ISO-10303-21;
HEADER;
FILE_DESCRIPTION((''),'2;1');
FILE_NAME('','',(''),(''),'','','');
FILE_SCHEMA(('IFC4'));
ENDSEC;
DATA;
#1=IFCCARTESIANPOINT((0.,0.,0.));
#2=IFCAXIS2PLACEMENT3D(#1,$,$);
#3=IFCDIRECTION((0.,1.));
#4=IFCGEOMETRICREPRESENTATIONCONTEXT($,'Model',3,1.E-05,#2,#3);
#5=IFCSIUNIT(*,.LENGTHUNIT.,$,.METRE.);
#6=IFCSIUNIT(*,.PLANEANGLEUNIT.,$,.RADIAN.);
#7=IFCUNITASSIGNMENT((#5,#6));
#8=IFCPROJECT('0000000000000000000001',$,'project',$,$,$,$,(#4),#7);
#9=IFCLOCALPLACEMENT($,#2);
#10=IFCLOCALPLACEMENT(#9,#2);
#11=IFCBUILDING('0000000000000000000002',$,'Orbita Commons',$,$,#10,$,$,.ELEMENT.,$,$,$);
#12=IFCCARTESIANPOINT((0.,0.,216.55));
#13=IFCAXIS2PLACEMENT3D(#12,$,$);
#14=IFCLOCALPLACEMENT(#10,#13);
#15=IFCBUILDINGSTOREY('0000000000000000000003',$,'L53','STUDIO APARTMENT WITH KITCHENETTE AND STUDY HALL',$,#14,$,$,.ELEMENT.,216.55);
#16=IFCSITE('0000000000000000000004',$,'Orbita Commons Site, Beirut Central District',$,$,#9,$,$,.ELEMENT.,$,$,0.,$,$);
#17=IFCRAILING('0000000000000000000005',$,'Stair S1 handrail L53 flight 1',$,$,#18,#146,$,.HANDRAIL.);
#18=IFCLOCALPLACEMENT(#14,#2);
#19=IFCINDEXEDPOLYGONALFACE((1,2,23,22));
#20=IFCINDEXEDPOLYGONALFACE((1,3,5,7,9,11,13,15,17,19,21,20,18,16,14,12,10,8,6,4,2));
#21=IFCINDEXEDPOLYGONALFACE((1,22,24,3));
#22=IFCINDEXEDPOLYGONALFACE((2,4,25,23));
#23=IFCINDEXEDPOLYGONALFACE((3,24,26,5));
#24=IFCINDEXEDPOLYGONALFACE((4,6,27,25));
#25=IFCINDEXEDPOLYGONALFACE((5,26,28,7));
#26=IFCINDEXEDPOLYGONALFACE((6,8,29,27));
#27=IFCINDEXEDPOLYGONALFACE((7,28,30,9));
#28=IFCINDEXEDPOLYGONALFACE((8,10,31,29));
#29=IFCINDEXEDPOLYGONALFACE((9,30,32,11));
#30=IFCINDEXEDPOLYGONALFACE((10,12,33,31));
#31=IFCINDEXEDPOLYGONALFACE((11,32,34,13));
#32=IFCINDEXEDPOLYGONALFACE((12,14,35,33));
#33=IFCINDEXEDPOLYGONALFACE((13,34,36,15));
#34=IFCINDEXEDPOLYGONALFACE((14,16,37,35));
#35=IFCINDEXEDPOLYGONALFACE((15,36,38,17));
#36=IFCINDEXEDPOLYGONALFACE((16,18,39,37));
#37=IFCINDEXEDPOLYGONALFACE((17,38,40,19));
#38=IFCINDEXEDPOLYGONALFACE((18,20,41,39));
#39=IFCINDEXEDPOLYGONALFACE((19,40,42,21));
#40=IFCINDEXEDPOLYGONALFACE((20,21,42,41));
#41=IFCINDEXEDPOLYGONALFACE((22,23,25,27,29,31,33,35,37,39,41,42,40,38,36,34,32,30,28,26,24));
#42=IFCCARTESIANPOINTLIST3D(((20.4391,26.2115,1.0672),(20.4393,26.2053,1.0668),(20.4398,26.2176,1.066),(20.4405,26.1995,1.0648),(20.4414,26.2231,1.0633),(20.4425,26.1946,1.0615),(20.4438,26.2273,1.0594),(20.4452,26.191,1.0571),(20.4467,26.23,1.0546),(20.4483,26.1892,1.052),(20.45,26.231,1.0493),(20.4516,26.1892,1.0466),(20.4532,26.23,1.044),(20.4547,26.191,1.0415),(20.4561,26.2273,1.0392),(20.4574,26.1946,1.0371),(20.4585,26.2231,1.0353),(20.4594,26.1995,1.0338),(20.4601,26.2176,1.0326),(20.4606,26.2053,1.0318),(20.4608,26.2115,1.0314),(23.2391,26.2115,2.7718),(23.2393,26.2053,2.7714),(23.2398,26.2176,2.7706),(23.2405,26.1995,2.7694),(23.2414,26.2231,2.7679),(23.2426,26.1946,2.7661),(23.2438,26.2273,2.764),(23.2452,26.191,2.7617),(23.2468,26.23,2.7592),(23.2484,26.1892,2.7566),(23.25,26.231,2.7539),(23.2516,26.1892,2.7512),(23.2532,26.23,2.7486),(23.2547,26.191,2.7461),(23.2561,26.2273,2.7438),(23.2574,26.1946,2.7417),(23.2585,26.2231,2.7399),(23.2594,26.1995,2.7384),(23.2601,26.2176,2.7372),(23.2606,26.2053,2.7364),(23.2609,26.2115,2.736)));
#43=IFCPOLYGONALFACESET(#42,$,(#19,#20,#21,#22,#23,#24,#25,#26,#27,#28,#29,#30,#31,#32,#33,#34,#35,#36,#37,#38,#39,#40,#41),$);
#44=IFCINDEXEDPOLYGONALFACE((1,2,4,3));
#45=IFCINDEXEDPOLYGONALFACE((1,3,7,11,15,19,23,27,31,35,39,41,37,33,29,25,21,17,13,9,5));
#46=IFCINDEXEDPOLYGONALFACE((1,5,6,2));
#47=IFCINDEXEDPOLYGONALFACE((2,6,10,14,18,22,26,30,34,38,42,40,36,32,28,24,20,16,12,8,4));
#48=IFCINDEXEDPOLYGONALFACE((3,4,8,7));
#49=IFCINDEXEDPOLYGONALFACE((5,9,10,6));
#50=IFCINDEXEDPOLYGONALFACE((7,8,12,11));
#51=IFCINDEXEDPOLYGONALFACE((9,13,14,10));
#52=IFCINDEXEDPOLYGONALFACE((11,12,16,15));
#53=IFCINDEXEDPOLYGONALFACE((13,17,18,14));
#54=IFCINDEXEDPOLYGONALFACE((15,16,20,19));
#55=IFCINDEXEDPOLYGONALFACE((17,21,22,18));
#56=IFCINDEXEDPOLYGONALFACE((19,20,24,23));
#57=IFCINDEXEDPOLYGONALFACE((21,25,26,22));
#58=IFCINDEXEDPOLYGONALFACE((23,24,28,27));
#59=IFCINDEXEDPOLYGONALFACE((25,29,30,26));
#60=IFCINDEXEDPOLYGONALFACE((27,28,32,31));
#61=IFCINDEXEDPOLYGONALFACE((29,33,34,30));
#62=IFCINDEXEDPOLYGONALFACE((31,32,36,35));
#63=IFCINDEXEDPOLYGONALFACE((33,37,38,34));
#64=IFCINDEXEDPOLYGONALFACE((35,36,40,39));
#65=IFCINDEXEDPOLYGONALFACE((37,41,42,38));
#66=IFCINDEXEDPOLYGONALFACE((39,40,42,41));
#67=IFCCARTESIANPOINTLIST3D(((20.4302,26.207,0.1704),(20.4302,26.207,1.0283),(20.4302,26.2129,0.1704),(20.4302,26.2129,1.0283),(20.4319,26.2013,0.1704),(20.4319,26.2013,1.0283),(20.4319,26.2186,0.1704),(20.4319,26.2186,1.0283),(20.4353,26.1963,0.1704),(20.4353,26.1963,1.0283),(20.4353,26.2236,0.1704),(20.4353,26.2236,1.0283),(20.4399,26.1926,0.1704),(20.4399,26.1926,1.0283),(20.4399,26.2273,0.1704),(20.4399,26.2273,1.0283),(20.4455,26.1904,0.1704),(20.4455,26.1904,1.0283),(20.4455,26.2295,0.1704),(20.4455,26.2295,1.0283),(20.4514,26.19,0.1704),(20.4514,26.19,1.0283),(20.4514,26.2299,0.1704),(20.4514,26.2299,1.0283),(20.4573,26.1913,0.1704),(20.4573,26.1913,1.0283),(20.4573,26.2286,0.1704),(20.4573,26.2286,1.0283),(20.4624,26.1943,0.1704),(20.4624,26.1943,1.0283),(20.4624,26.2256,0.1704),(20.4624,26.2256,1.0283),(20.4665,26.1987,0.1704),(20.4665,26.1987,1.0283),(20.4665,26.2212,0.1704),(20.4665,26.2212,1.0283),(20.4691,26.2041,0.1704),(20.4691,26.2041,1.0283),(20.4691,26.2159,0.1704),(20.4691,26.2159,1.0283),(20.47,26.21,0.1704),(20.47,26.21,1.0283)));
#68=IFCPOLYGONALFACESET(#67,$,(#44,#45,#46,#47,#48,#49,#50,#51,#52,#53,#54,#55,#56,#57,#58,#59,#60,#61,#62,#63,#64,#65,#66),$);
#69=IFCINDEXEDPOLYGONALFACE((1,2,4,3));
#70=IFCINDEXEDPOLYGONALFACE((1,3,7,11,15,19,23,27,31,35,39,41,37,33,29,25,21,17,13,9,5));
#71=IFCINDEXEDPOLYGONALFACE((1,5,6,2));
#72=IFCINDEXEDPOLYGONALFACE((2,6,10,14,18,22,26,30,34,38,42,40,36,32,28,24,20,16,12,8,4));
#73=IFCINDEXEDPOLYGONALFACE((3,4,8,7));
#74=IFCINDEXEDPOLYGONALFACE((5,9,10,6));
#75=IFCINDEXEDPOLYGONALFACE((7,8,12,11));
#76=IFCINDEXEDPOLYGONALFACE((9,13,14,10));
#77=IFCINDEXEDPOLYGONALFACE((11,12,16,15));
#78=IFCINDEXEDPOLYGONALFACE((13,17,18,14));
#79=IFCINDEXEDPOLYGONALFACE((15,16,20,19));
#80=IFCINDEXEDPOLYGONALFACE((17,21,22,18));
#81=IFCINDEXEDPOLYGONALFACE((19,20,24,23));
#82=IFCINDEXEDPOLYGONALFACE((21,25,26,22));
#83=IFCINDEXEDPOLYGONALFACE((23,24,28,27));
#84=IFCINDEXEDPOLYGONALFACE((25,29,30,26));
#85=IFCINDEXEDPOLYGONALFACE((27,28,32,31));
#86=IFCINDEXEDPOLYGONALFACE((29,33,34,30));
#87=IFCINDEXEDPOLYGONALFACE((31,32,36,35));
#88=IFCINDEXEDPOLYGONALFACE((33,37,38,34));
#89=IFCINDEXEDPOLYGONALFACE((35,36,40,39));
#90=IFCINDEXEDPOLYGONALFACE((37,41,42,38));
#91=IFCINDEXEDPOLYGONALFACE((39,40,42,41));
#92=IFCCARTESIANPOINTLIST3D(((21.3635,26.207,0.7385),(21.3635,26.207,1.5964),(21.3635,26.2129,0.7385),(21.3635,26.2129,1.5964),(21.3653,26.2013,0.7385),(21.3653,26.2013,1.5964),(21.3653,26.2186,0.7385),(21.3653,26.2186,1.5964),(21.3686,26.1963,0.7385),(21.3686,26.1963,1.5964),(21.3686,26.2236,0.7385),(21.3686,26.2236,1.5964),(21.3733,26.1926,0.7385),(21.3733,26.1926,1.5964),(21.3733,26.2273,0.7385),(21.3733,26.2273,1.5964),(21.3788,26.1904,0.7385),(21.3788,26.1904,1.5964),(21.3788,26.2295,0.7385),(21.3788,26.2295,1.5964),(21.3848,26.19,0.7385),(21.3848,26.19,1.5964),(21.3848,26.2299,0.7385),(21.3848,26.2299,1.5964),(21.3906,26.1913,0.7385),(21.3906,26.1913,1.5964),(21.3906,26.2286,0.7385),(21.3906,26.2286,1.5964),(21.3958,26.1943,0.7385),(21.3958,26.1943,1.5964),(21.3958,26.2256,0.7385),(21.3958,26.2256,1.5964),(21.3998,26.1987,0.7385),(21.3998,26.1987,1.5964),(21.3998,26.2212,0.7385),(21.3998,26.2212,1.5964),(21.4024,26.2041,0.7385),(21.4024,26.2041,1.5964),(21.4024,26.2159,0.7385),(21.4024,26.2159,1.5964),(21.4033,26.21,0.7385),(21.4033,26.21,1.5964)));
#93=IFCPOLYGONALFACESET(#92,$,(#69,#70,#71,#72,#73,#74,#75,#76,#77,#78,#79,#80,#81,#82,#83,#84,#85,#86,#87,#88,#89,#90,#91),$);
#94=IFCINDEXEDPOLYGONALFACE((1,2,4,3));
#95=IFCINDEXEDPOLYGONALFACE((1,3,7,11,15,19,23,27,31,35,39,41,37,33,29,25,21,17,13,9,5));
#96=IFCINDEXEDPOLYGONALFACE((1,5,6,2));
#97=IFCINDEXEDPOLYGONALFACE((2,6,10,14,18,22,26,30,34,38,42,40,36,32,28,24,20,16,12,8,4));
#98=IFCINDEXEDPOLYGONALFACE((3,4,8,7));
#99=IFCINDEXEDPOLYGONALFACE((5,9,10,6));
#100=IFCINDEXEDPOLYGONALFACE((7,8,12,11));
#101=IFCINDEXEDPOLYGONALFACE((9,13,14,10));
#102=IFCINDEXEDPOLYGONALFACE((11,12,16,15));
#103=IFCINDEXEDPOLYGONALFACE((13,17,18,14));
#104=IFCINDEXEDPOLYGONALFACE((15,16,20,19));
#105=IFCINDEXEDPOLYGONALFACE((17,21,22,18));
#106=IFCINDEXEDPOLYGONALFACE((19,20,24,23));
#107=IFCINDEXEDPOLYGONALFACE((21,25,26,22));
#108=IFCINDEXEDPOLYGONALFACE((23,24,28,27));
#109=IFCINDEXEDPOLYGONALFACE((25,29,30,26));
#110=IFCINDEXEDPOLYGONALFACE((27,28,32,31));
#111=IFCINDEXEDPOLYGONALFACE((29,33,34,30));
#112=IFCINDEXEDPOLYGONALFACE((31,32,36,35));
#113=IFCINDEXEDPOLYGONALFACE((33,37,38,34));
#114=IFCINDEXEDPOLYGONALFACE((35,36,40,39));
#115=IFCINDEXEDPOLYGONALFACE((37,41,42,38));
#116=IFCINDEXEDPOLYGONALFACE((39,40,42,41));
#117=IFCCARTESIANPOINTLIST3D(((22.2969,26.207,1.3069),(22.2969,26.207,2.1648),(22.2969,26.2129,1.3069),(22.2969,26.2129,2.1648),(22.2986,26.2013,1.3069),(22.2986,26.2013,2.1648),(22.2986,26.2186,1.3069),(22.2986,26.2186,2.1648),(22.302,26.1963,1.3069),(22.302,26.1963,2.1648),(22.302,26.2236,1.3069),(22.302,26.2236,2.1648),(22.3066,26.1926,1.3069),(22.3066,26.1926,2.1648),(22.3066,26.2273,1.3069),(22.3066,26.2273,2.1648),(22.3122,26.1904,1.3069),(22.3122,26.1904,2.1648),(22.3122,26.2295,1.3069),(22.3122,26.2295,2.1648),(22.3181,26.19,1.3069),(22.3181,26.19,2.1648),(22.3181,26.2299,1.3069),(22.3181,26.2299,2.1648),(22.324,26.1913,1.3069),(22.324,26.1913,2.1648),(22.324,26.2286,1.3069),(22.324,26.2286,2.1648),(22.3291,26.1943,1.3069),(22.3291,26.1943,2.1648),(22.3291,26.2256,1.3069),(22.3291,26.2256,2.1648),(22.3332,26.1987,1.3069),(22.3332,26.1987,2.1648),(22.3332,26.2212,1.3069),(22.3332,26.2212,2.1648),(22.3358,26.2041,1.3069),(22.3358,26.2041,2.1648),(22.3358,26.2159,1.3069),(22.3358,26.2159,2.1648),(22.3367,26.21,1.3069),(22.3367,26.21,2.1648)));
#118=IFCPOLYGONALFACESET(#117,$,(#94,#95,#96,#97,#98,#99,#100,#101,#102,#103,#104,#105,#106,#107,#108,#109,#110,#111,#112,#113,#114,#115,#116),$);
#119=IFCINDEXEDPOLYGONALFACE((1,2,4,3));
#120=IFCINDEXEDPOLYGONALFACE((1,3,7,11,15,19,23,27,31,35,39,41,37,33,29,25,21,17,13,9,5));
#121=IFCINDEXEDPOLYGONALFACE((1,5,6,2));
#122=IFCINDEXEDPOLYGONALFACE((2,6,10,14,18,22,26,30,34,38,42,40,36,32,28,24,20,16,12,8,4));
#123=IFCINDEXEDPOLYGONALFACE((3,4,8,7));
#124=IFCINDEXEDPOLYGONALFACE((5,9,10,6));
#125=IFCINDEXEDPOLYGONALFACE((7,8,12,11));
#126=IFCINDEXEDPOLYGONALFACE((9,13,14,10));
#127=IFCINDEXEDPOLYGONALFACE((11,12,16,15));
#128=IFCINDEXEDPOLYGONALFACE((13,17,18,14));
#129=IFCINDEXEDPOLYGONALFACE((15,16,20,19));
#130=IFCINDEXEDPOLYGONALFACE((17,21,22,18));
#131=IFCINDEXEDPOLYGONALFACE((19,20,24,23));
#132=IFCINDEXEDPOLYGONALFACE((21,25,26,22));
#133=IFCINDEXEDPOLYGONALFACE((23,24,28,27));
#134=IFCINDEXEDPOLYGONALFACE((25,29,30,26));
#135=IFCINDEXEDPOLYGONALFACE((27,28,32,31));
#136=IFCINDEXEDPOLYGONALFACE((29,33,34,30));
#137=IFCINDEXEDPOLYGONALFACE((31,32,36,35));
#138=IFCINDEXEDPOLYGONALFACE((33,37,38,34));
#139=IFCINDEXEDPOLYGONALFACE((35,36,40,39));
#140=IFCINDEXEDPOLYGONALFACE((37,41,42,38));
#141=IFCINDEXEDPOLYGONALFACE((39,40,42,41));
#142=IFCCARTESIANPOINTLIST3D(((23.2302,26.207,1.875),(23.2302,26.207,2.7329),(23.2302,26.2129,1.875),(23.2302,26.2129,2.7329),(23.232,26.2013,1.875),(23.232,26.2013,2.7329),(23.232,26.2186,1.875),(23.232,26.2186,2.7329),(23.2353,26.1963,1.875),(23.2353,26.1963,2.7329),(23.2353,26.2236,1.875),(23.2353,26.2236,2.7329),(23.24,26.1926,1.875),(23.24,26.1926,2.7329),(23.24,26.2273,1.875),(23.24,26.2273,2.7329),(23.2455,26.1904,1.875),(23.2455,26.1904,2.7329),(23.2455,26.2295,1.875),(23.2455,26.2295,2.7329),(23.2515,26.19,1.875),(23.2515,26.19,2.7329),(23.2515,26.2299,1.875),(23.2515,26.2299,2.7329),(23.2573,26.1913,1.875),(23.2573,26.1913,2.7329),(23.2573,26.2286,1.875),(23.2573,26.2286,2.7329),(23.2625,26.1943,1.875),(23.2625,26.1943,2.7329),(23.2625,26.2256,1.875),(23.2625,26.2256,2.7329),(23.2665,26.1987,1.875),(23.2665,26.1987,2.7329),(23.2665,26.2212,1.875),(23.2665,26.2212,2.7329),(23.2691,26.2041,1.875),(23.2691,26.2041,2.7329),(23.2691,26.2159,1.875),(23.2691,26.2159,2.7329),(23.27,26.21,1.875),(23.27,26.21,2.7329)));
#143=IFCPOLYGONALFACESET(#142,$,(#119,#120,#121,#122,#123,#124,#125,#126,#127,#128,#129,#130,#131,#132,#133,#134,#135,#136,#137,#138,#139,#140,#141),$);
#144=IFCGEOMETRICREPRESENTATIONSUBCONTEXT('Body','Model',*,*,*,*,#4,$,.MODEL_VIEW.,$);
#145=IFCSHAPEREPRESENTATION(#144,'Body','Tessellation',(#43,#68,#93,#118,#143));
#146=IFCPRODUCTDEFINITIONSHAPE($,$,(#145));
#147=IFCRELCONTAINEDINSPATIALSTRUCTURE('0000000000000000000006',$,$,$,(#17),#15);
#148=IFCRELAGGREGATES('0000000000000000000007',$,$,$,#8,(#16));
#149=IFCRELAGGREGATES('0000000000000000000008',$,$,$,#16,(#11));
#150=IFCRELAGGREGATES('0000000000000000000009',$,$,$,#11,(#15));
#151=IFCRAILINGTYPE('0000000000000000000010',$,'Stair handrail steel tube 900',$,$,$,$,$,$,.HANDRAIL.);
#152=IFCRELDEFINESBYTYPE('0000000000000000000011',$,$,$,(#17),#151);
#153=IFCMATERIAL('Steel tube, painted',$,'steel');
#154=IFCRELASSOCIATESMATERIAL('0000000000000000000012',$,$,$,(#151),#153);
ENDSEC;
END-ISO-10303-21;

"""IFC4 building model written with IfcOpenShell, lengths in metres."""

from ifc_helpers import new_model, si_unit, direction, frame, origin, origin_2d, place, context, subcontext, project, spatial, circle, extrude, material, type_object, element, save


model = new_model("IFC4")

# Units and contexts
model_context = context("Model", 3, precision=1e-05, world=origin(), true_north=direction((0.0, 1.0)))
body_context = subcontext(model_context, "Body", "Model", "MODEL_VIEW")
ifc_project = project(units=[si_unit("LENGTHUNIT", "METRE"), si_unit("PLANEANGLEUNIT", "RADIAN")], contexts=[model_context])

# Site, building, storey
site_placement = place(None, origin())
site = spatial("IfcSite", under=ifc_project, at=site_placement, Name="Orbita Commons Site, Beirut Central District", CompositionType="ELEMENT", RefElevation=0.0)
building_placement = place(site_placement, origin())
building = spatial("IfcBuilding", under=site, at=building_placement, Name="Orbita Commons", CompositionType="ELEMENT")
storey_placement = place(building_placement, frame((0.0, 0.0, 216.55)))
storey = spatial("IfcBuildingStorey", under=building, at=storey_placement, Name="L53", Description="STUDIO APARTMENT WITH KITCHENETTE AND STUDY HALL", CompositionType="ELEMENT", Elevation=216.55)

# Railing
ifc_material_1 = material(Name="Steel tube, painted", Category="steel")
railing_type = type_object("IfcRailingType", Name="Stair handrail steel tube 900", PredefinedType="HANDRAIL", material=ifc_material_1)
for number, where, name in (
    (1, (20.45, 26.21, 0.1704), "Stair S1 handrail L53 flight 1"),
):
    element("IfcRailing", number, at=place(storey_placement, frame(where)), inside=storey, type_object=railing_type, Name=name, PredefinedType="HANDRAIL", context=body_context, shape_type="SweptSolid", body=[
        extrude(circle(Radius=0.021, at=origin_2d()), frame((0.0, 0.0, 0.8789), z_axis=(0.85417, 0.0, 0.519994), x_axis=(0.0, 1.0, 0.0)), (0.0, 0.0, 1.0), 3.2781),
        extrude(circle(Radius=0.02, at=origin_2d()), origin(), (0.0, 0.0, 1.0), 0.8579),
        extrude(circle(Radius=0.02, at=origin_2d()), frame((0.9333, 0.0, 0.5681)), (0.0, 0.0, 1.0), 0.8579),
        extrude(circle(Radius=0.02, at=origin_2d()), frame((1.8667, 0.0, 1.1365)), (0.0, 0.0, 1.0), 0.8579),
        extrude(circle(Radius=0.02, at=origin_2d()), frame((2.8, 0.0, 1.7046)), (0.0, 0.0, 1.0), 0.8579),
    ])

save(model, "model.ifc")
